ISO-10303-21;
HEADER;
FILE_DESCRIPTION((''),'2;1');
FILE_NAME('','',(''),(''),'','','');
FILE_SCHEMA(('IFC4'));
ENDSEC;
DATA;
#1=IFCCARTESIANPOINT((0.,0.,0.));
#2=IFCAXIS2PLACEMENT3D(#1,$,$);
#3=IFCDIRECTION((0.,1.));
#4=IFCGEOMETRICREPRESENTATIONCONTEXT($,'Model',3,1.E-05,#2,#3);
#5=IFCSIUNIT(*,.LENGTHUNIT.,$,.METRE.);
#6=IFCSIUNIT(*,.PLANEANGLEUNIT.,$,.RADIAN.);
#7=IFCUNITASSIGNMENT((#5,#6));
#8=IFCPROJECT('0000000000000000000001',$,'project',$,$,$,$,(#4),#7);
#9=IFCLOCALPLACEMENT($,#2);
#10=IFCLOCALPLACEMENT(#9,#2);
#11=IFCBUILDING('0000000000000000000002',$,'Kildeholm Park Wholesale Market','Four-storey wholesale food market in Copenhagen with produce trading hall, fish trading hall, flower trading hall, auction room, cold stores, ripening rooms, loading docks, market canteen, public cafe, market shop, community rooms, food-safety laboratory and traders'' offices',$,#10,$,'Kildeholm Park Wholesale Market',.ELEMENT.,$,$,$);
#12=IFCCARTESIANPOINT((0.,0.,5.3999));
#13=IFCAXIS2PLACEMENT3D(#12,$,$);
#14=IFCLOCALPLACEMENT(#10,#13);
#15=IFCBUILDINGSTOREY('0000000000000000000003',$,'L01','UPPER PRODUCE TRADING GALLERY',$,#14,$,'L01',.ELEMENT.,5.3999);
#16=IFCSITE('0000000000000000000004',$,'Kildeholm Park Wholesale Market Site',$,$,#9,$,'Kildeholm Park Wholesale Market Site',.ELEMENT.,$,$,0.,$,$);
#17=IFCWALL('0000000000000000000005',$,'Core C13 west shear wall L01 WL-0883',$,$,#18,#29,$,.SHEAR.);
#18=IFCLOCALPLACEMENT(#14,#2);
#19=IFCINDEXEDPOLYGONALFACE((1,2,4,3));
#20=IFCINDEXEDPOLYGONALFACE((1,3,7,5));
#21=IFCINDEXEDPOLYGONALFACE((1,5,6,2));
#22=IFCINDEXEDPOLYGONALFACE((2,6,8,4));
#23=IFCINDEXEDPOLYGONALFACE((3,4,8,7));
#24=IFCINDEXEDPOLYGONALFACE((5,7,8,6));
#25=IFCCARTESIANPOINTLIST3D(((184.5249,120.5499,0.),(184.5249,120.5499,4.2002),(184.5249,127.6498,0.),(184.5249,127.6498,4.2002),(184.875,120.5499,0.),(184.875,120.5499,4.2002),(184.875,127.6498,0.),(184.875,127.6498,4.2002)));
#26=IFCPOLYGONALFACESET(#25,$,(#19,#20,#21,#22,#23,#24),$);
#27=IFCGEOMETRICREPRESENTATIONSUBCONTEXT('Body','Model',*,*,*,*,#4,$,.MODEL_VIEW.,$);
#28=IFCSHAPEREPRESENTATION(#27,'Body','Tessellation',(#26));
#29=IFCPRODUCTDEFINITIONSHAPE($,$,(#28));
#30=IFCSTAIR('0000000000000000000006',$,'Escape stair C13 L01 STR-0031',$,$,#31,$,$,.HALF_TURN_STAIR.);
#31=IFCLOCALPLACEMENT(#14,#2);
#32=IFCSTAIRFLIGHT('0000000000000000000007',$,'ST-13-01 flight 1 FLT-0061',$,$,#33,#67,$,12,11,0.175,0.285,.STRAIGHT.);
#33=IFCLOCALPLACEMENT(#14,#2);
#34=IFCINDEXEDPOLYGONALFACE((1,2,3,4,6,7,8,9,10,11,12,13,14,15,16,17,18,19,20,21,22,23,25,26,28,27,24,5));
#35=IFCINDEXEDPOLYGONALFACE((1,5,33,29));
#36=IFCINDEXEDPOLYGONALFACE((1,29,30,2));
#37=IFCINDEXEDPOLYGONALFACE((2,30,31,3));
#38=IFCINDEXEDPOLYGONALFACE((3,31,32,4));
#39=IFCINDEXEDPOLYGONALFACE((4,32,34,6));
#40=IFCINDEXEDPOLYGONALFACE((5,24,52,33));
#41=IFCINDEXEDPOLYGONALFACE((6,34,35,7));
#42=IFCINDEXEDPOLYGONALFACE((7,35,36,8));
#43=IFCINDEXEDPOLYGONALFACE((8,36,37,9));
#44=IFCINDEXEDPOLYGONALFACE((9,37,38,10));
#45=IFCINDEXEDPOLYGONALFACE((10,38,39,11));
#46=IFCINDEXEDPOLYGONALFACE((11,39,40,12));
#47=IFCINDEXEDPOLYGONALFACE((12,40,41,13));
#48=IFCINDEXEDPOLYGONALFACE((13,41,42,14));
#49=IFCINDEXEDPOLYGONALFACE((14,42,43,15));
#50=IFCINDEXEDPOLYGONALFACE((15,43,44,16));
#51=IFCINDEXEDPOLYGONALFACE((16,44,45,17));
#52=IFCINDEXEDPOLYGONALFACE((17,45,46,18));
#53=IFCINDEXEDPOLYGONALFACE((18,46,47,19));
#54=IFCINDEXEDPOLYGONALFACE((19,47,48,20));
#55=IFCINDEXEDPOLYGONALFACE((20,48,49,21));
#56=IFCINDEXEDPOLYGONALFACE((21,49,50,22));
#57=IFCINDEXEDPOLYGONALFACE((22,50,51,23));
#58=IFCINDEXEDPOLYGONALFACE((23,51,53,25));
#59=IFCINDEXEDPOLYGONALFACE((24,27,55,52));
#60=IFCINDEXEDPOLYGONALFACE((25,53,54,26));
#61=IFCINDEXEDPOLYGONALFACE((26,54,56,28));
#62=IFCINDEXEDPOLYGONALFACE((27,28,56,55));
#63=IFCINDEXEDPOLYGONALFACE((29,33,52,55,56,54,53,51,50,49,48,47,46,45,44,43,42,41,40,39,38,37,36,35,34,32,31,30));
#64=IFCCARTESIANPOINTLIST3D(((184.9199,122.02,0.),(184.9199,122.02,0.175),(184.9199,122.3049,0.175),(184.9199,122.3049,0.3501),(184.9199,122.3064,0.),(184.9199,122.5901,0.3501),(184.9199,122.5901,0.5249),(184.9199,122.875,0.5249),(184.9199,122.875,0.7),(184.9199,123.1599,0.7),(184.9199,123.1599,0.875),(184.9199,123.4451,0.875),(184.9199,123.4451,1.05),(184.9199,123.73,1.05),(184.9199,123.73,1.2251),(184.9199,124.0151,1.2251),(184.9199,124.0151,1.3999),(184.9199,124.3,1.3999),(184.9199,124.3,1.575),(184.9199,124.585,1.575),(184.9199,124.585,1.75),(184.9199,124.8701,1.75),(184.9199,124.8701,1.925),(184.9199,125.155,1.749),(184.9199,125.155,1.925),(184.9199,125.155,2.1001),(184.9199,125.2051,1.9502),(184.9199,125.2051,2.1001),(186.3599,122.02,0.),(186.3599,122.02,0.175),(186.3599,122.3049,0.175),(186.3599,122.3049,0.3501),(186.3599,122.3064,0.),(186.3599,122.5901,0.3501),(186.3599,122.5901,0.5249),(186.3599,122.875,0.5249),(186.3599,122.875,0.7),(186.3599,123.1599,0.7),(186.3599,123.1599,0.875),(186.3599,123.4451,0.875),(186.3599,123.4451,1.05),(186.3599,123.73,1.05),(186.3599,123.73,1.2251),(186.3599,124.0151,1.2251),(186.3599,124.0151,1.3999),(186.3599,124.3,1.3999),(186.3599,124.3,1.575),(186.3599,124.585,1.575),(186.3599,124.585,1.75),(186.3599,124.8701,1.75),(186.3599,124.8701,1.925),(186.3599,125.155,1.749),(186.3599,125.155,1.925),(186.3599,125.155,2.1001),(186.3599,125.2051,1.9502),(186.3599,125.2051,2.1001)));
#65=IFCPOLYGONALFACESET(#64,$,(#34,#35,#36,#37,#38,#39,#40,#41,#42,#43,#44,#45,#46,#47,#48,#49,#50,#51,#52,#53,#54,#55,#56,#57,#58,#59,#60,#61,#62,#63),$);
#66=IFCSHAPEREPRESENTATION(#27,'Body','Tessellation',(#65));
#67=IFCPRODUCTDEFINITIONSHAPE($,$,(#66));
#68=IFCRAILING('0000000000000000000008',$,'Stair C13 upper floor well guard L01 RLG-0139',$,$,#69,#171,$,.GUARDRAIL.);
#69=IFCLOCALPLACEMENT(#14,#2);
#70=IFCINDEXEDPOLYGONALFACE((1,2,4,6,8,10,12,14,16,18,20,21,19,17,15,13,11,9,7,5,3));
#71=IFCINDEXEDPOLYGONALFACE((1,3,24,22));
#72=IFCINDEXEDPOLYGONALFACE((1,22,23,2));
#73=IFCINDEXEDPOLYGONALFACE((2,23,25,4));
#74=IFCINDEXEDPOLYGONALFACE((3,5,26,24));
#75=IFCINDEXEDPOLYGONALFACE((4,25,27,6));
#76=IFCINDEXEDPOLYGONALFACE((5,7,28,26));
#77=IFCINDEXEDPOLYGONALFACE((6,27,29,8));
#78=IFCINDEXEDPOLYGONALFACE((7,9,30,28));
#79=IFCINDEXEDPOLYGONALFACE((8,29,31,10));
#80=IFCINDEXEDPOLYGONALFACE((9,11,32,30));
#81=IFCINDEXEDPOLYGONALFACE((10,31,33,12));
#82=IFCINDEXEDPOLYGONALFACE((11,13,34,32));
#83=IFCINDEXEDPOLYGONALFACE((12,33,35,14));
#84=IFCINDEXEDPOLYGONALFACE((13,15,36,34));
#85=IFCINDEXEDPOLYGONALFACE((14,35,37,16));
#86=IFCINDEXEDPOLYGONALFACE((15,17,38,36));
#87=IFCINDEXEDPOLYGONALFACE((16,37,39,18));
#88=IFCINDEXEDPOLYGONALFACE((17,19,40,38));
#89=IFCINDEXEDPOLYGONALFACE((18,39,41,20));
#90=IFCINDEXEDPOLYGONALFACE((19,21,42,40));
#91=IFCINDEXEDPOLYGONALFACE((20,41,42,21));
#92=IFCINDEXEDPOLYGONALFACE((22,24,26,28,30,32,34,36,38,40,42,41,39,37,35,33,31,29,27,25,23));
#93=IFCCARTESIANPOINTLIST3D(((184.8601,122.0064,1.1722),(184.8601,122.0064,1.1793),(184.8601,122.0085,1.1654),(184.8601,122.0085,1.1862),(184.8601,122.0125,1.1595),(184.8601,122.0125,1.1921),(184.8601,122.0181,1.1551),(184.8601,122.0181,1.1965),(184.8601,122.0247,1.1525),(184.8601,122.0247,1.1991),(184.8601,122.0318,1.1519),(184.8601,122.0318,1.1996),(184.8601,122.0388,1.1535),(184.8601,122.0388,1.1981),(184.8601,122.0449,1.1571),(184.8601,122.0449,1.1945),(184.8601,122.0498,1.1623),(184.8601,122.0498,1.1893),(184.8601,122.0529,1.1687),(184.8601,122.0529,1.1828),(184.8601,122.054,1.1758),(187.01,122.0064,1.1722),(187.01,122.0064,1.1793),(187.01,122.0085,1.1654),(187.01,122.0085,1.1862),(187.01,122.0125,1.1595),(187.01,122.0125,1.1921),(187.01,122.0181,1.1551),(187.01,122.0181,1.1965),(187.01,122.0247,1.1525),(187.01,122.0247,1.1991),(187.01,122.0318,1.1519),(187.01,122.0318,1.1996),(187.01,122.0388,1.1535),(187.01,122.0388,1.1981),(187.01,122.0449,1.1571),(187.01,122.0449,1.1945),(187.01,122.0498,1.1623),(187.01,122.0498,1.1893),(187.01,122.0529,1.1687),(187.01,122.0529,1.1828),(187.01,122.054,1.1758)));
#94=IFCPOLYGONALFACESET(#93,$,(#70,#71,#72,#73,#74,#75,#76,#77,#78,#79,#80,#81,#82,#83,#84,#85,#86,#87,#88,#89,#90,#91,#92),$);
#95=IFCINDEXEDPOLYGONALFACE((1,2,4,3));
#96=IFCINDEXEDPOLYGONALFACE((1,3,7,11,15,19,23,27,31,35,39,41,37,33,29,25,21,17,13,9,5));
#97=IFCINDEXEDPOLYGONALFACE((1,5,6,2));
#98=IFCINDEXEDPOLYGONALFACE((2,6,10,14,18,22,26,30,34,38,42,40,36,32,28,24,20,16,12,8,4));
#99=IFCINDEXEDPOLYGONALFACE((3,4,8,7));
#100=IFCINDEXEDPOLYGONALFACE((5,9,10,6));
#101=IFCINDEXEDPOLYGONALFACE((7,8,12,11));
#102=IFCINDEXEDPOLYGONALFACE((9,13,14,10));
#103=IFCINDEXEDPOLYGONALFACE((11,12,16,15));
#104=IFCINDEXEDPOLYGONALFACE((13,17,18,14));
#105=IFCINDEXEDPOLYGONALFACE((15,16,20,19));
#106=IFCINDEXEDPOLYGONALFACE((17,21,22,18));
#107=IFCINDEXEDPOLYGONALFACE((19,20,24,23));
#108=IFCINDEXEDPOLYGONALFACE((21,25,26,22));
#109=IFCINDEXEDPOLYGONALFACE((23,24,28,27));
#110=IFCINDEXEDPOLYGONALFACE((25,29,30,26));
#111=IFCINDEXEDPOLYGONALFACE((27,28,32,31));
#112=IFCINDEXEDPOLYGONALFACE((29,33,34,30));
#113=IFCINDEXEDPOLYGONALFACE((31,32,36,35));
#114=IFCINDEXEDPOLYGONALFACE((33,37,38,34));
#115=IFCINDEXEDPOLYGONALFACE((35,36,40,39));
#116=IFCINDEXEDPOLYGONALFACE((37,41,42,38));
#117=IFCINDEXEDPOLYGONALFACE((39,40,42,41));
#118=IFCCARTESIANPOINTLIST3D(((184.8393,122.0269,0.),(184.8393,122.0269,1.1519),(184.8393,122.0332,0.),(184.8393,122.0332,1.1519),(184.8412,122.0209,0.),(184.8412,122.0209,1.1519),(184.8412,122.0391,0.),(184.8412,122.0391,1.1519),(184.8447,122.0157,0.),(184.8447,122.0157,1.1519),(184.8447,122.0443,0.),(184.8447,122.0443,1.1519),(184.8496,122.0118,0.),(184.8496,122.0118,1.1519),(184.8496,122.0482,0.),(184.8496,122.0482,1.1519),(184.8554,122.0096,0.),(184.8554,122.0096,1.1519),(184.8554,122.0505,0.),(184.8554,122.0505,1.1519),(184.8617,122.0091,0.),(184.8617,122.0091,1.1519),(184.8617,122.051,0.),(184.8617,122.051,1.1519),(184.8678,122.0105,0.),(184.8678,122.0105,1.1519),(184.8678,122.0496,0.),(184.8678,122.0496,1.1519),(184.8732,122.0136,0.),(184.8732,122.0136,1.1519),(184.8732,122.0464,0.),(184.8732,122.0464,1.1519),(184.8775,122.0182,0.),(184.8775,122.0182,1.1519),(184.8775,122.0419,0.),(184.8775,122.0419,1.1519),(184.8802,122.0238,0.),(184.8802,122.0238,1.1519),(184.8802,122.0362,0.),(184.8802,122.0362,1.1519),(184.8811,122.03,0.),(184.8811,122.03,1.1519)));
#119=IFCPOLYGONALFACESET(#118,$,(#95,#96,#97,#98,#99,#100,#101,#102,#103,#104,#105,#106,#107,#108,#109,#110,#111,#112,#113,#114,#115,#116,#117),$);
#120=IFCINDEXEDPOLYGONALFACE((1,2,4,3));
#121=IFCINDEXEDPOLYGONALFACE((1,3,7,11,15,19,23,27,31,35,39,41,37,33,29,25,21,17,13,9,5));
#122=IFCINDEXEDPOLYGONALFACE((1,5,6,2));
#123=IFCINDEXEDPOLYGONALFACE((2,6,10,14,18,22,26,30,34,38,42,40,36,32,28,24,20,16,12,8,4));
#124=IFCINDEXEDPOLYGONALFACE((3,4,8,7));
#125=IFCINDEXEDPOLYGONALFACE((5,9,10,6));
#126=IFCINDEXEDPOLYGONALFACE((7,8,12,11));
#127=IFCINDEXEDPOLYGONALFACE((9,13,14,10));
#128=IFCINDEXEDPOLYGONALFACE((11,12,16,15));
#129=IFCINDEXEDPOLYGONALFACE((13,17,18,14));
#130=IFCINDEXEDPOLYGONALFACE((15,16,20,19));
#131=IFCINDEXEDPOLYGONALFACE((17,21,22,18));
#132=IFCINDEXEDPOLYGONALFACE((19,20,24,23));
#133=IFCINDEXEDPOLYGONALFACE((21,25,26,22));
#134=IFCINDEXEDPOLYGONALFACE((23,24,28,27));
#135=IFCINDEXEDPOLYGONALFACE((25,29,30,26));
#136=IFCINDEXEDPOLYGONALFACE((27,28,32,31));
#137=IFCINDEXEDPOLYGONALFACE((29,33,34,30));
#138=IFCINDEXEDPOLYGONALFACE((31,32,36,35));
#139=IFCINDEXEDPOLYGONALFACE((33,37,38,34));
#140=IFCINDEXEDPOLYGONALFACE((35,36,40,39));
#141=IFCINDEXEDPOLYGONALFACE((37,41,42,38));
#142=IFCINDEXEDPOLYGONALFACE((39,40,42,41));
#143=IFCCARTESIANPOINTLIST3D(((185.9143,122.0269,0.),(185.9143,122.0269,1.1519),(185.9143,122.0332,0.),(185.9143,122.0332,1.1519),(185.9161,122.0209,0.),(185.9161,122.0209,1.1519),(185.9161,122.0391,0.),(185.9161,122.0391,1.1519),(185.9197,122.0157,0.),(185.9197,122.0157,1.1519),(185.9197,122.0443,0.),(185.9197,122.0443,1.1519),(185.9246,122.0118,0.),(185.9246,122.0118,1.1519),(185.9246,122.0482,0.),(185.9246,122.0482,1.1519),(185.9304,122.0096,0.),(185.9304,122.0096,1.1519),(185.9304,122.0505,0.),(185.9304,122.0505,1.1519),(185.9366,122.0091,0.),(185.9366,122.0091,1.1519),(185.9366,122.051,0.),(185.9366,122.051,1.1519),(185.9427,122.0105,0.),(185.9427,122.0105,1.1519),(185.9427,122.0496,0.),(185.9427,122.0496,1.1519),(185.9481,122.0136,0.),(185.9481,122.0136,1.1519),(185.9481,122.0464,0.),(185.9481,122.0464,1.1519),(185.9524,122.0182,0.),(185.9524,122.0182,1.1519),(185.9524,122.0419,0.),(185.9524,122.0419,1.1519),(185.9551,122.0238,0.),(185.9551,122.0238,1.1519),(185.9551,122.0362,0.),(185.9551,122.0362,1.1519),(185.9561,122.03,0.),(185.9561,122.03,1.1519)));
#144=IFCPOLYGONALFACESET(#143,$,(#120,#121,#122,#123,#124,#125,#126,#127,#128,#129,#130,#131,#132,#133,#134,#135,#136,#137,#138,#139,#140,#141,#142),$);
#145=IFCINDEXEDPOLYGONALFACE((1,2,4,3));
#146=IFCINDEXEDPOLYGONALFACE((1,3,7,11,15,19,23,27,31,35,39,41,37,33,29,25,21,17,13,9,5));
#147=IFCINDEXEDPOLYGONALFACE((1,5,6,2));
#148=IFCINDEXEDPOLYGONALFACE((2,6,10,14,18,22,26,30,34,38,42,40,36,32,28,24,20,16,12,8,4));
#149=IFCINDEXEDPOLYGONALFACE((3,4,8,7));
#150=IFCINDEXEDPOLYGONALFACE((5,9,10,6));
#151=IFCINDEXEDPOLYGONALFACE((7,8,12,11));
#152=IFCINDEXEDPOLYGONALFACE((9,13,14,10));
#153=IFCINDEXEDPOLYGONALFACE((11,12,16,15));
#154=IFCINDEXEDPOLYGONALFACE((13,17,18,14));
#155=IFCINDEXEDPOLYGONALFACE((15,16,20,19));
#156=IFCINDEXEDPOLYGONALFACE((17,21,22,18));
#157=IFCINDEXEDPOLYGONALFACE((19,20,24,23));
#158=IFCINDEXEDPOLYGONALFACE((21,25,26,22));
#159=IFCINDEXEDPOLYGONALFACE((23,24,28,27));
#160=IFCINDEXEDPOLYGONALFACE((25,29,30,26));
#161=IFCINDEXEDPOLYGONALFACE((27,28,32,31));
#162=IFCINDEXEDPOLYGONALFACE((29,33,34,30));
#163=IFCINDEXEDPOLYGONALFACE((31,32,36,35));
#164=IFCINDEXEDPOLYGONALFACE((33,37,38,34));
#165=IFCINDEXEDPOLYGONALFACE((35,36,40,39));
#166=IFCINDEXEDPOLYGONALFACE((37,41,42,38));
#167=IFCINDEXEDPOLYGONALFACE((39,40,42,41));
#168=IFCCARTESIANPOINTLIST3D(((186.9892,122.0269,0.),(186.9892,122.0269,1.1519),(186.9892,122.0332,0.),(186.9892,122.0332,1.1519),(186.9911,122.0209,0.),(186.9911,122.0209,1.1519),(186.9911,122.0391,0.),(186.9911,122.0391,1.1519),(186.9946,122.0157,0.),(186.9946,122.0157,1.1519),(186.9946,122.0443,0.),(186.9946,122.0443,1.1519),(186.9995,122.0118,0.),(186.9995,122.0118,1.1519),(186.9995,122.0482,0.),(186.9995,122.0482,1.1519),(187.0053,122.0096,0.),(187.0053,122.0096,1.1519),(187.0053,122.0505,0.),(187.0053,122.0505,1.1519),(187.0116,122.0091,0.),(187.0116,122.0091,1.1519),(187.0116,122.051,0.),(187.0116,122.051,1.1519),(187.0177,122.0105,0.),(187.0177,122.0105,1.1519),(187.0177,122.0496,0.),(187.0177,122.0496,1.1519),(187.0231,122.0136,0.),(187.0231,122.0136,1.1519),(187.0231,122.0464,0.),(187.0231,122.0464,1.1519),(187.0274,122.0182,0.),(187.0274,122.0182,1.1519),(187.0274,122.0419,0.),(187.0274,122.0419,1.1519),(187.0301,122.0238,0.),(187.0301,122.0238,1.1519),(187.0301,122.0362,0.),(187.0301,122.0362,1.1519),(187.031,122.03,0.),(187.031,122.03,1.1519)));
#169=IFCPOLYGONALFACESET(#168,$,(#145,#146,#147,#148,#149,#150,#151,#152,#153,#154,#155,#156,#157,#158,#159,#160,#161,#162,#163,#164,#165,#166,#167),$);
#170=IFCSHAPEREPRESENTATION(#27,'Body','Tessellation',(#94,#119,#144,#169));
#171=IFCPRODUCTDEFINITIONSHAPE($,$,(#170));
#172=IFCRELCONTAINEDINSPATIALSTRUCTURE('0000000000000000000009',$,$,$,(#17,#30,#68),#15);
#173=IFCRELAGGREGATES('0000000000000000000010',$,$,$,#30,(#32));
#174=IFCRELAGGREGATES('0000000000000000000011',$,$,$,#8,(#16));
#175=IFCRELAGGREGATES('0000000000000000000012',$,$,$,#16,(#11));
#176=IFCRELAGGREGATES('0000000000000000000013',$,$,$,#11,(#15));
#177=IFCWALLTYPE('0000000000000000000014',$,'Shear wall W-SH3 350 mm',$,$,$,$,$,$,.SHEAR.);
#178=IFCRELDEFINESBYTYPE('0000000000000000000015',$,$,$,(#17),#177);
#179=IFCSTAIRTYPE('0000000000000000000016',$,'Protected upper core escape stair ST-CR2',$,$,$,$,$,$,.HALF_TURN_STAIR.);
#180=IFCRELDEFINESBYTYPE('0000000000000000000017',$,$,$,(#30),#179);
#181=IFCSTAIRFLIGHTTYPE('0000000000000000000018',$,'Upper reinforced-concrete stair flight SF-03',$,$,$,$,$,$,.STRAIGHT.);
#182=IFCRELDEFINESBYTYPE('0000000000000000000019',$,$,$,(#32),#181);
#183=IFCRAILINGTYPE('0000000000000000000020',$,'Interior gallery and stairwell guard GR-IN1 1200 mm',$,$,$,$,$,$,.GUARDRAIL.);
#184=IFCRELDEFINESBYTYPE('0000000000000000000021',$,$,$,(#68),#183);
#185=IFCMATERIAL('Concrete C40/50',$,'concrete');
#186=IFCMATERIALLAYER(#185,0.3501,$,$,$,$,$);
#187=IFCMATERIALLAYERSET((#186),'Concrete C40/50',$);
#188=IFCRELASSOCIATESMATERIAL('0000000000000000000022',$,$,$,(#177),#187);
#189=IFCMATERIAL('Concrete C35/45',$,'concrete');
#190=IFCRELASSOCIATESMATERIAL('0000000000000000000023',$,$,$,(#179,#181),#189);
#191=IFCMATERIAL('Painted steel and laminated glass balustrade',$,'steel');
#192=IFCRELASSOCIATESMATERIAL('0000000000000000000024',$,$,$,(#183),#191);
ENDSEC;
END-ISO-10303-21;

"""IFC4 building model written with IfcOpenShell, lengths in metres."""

from ifc_helpers import new_model, si_unit, direction, frame, frame_2d, origin, origin_2d, place, context, subcontext, project, spatial, polyline, rectangle, circle, outline, extrude, material, layer, layer_set, type_object, element, aggregate, save


model = new_model("IFC4")

# Units and contexts
model_context = context("Model", 3, precision=1e-05, world=origin(), true_north=direction((0.0, 1.0)))
body_context = subcontext(model_context, "Body", "Model", "MODEL_VIEW")
ifc_project = project(units=[si_unit("LENGTHUNIT", "METRE"), si_unit("PLANEANGLEUNIT", "RADIAN")], contexts=[model_context])

# Site, building, storey
site_placement = place(None, origin())
site = spatial("IfcSite", under=ifc_project, at=site_placement, Name="Kildeholm Park Wholesale Market Site", LongName="Kildeholm Park Wholesale Market Site", CompositionType="ELEMENT", RefElevation=0.0)
building_placement = place(site_placement, origin())
building = spatial("IfcBuilding", under=site, at=building_placement, Name="Kildeholm Park Wholesale Market", Description="Four-storey wholesale food market in Copenhagen with produce trading hall, fish trading hall, flower trading hall, auction room, cold stores, ripening rooms, loading docks, market canteen, public cafe, market shop, community rooms, food-safety laboratory and traders' offices", LongName="Kildeholm Park Wholesale Market", CompositionType="ELEMENT")
storey_placement = place(building_placement, frame((0.0, 0.0, 5.3999)))
storey = spatial("IfcBuildingStorey", under=building, at=storey_placement, Name="L01", Description="UPPER PRODUCE TRADING GALLERY", LongName="L01", CompositionType="ELEMENT", Elevation=5.3999)

# Wall
ifc_material_1 = material(Name="Concrete C40/50", Category="concrete")
ifc_layer_1 = layer(ifc_material_1, 0.3501)
ifc_layer_set_1 = layer_set([ifc_layer_1], Name="Concrete C40/50")
wall_type = type_object("IfcWallType", Name="Shear wall W-SH3 350 mm", PredefinedType="SHEAR", material=ifc_layer_set_1)
wall_1_placement = place(storey_placement, frame((184.7, 120.55, 0.0), z_axis=(0.0, 0.0, 1.0), x_axis=(0.0, 1.0, 0.0)))
element("IfcWall", 1, at=wall_1_placement, inside=storey, type_object=wall_type, Name="Core C13 west shear wall L01 WL-0883", PredefinedType="SHEAR", context=body_context, shape_type="SweptSolid", body=[
    extrude(rectangle(XDim=7.0999, YDim=0.3501, at=frame_2d((3.5498, 0.0))), origin(), (0.0, 0.0, 1.0), 4.2002),
])

# Stair, stair flight
ifc_material_2 = material(Name="Concrete C35/45", Category="concrete")
stair_type = type_object("IfcStairType", Name="Protected upper core escape stair ST-CR2", PredefinedType="HALF_TURN_STAIR", material=ifc_material_2)
stair_placement = place(storey_placement, origin())
stair = element("IfcStair", 2, at=stair_placement, inside=storey, type_object=stair_type, Name="Escape stair C13 L01 STR-0031", PredefinedType="HALF_TURN_STAIR")
stair_flight_type = type_object("IfcStairFlightType", Name="Upper reinforced-concrete stair flight SF-03", PredefinedType="STRAIGHT", material=ifc_material_2)
stair_flight_placement = place(storey_placement, frame((185.6399, 122.02, 0.0), z_axis=(0.0, 0.0, 1.0), x_axis=(0.0, 1.0, 0.0)))
stair_flight = element("IfcStairFlight", 3, at=stair_flight_placement, type_object=stair_flight_type, Name="ST-13-01 flight 1 FLT-0061", NumberOfRisers=12, NumberOfTreads=11, PredefinedType="STRAIGHT", RiserHeight=0.175, TreadLength=0.285, context=body_context, shape_type="SweptSolid", body=[
    extrude(outline(polyline([(0.0, 0.0), (0.0, 0.175), (0.2849, 0.175), (0.2849, 0.3501), (0.5701, 0.3501), (0.5701, 0.5249), (0.855, 0.5249), (0.855, 0.7), (1.1399, 0.7), (1.1399, 0.875), (1.425, 0.875), (1.425, 1.05), (1.71, 1.05), (1.71, 1.2251), (1.9951, 1.2251), (1.9951, 1.3999), (2.28, 1.3999), (2.28, 1.575), (2.5649, 1.575), (2.5649, 1.75), (2.8501, 1.75), (2.8501, 1.925), (3.135, 1.925), (3.135, 2.1001), (3.1851, 2.1001), (3.1851, 1.9502), (3.135, 1.749), (0.2864, 0.0), (0.0, 0.0)])), frame((0.0, 0.72, 0.0), z_axis=(0.0, -1.0, 0.0), x_axis=(1.0, 0.0, 0.0)), (0.0, 0.0, 1.0), 1.4399),
])
aggregate(stair, [stair_flight])

# Railing
ifc_material_3 = material(Name="Painted steel and laminated glass balustrade", Category="steel")
railing_type_1 = type_object("IfcRailingType", Name="Interior gallery and stairwell guard GR-IN1 1200 mm", PredefinedType="GUARDRAIL", material=ifc_material_3)
railing_1_placement = place(storey_placement, frame((184.8601, 122.03, 0.0)))
element("IfcRailing", 4, at=railing_1_placement, inside=storey, type_object=railing_type_1, Name="Stair C13 upper floor well guard L01 RLG-0139", PredefinedType="GUARDRAIL", context=body_context, shape_type="SweptSolid", body=[
    extrude(circle(Radius=0.0239, at=origin_2d()), frame((0.0, 0.0, 1.1758), z_axis=(1.0, 0.0, 0.0), x_axis=(0.0, 1.0, 0.0)), (0.0, 0.0, 1.0), 2.1499),
    extrude(circle(Radius=0.021, at=origin_2d()), origin(), (0.0, 0.0, 1.0), 1.1519),
    extrude(circle(Radius=0.021, at=origin_2d()), frame((1.075, 0.0, 0.0)), (0.0, 0.0, 1.0), 1.1519),
    extrude(circle(Radius=0.021, at=origin_2d()), frame((2.1499, 0.0, 0.0)), (0.0, 0.0, 1.0), 1.1519),
])

save(model, "model.ifc")
